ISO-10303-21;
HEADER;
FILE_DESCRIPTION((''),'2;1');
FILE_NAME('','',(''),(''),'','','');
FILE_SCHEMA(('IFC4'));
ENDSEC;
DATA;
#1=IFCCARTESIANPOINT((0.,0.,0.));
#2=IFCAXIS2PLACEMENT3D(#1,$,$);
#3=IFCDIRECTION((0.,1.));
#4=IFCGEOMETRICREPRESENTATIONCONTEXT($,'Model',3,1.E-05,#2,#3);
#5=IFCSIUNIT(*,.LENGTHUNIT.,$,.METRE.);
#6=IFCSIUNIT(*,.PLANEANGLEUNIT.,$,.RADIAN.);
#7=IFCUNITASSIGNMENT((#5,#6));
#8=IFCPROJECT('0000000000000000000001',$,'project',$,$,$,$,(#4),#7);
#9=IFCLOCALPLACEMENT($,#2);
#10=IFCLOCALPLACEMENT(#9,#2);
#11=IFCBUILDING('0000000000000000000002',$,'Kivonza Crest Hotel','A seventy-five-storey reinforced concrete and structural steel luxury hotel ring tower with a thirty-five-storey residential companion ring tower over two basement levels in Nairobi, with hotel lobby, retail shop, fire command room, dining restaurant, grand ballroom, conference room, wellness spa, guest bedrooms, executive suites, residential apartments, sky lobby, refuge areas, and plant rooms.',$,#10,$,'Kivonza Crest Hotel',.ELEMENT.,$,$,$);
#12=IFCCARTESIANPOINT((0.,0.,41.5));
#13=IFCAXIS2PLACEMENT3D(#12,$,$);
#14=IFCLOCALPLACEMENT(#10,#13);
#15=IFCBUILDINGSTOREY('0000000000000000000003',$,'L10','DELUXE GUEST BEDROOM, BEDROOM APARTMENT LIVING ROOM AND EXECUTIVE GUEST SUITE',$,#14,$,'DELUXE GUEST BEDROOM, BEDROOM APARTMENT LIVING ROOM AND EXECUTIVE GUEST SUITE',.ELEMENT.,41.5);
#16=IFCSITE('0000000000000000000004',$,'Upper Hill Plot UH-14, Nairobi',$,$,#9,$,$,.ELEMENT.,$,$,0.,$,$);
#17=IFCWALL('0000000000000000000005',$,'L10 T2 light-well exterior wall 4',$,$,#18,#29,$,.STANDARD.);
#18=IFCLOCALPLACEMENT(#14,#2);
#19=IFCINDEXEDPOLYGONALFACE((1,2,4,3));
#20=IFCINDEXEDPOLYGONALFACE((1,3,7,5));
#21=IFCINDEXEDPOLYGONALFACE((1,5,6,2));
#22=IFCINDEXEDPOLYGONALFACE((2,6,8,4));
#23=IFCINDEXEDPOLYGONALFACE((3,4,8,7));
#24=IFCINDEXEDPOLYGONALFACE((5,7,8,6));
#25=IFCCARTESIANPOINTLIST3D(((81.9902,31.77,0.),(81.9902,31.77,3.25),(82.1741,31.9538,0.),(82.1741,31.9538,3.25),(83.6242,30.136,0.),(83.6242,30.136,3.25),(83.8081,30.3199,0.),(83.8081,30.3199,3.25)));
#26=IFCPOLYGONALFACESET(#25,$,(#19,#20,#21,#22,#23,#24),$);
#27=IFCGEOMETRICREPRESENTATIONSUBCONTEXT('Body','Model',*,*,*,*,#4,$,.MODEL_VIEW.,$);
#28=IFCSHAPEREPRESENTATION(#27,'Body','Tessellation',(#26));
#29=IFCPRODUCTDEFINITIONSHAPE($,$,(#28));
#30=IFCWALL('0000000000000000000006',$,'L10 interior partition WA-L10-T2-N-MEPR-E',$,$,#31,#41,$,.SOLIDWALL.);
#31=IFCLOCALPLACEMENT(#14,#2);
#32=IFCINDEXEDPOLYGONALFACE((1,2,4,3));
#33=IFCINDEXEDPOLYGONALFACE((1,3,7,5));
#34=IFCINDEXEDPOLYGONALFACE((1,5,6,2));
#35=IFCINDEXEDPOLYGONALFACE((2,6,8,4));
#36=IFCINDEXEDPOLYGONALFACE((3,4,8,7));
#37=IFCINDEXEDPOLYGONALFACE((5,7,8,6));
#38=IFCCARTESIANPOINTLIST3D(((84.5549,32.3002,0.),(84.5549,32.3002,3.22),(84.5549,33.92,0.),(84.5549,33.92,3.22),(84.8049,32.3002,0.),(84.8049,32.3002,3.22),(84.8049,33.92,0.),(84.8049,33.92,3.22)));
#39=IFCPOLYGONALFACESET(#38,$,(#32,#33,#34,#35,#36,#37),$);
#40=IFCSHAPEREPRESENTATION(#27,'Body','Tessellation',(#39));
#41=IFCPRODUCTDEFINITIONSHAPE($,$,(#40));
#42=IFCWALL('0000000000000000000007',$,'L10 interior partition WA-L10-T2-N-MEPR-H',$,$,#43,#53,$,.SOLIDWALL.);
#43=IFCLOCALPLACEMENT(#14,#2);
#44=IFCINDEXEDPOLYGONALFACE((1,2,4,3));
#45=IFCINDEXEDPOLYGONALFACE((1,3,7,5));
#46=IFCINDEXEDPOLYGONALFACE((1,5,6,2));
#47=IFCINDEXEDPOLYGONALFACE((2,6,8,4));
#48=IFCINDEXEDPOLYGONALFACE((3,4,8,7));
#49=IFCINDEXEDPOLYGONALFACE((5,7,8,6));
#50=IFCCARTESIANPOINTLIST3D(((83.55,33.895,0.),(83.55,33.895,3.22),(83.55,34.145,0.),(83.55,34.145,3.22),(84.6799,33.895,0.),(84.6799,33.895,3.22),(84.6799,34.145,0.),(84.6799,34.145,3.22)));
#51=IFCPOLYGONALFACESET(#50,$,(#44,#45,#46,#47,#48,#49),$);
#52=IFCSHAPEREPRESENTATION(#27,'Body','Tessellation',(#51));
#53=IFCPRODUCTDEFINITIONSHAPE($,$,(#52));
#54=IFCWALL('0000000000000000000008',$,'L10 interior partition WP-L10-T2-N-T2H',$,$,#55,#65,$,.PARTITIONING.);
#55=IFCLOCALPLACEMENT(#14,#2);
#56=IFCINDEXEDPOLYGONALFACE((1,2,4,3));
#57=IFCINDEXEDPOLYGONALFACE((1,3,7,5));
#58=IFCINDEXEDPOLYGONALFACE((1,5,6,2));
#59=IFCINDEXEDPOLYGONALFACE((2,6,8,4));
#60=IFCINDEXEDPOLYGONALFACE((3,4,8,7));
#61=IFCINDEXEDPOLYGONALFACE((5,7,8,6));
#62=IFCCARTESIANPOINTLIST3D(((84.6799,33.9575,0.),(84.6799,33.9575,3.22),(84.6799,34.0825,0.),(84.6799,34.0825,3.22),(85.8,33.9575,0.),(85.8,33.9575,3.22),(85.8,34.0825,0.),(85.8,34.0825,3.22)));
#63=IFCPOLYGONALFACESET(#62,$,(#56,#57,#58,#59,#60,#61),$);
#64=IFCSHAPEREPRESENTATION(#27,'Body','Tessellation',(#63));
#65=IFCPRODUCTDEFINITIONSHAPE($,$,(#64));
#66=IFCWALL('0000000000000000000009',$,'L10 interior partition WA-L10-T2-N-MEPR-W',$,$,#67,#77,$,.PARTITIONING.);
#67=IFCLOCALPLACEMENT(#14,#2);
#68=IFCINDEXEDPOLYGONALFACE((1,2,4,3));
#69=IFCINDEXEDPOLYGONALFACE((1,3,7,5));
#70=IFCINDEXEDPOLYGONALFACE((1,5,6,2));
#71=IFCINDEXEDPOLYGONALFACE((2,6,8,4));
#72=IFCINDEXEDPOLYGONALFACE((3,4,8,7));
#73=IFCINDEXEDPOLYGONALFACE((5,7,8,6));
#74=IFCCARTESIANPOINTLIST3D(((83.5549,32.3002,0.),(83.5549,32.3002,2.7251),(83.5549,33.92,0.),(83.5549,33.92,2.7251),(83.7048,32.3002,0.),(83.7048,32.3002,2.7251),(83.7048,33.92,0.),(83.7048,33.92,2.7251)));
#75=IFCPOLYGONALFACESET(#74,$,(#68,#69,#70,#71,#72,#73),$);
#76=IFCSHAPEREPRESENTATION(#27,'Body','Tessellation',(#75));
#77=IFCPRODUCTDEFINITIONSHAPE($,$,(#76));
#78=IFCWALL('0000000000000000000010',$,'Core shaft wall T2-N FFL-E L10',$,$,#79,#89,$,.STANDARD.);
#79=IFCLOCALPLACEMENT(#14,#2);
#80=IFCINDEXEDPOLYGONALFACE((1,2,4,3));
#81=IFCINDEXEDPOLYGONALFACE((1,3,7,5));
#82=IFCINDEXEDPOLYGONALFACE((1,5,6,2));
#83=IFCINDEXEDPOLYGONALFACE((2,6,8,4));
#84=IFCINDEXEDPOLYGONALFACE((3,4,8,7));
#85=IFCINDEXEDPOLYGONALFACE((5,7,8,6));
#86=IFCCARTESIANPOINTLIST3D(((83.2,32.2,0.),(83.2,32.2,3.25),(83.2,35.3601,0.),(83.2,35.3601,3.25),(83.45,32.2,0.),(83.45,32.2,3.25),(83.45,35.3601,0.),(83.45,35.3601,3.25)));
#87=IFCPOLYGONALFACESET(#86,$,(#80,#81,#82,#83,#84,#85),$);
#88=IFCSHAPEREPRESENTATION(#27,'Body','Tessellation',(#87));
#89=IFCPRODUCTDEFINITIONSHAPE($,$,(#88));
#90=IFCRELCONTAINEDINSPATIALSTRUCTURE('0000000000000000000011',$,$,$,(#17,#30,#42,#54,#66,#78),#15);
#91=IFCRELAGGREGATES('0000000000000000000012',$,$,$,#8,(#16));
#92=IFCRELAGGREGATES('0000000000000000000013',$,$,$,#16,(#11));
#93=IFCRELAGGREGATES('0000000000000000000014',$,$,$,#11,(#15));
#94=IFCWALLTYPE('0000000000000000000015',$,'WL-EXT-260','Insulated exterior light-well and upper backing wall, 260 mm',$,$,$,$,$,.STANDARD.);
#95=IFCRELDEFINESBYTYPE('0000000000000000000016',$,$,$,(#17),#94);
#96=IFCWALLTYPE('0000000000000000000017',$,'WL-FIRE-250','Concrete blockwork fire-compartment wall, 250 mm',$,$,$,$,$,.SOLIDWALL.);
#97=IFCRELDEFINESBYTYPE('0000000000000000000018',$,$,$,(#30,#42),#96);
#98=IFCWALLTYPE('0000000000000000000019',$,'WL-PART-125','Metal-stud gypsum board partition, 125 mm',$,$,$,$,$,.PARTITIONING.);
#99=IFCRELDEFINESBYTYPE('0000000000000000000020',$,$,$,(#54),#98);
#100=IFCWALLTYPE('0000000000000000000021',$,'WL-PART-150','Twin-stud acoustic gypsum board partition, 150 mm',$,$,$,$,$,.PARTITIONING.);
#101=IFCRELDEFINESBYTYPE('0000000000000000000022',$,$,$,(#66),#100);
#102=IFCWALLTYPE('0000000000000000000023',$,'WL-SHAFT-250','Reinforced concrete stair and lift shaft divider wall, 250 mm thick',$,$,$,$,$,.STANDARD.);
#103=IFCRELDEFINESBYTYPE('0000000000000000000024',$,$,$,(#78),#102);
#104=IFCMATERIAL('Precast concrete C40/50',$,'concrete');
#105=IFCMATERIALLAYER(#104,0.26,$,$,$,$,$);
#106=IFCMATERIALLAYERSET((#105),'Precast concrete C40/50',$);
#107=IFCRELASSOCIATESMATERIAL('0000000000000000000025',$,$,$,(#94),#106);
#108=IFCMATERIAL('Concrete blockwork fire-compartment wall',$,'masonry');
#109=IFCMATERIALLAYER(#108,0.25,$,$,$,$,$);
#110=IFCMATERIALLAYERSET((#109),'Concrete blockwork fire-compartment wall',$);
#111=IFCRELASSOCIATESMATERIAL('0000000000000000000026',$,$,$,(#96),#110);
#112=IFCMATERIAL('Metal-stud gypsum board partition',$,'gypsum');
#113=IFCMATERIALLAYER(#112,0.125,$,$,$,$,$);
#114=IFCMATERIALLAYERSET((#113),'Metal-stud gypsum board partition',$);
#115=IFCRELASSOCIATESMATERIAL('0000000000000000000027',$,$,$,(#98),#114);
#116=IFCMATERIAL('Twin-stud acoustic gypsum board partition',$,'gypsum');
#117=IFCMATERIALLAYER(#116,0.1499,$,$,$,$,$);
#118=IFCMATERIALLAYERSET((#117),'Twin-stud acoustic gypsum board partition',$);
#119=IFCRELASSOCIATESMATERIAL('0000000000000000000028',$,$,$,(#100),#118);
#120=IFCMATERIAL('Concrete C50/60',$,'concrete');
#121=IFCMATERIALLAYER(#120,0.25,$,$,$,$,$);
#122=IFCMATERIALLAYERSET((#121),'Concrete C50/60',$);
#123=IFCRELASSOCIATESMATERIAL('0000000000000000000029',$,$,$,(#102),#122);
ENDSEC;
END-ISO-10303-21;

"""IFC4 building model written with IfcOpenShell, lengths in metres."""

from ifc_helpers import new_model, si_unit, direction, frame, frame_2d, origin, place, context, subcontext, project, spatial, rectangle, extrude, material, layer, layer_set, type_object, element, save


model = new_model("IFC4")

# Units and contexts
model_context = context("Model", 3, precision=1e-05, world=origin(), true_north=direction((0.0, 1.0)))
body_context = subcontext(model_context, "Body", "Model", "MODEL_VIEW")
ifc_project = project(units=[si_unit("LENGTHUNIT", "METRE"), si_unit("PLANEANGLEUNIT", "RADIAN")], contexts=[model_context])

# Site, building, storey
site_placement = place(None, origin())
site = spatial("IfcSite", under=ifc_project, at=site_placement, Name="Upper Hill Plot UH-14, Nairobi", CompositionType="ELEMENT", RefElevation=0.0)
building_placement = place(site_placement, origin())
building = spatial("IfcBuilding", under=site, at=building_placement, Name="Kivonza Crest Hotel", Description="A seventy-five-storey reinforced concrete and structural steel luxury hotel ring tower with a thirty-five-storey residential companion ring tower over two basement levels in Nairobi, with hotel lobby, retail shop, fire command room, dining restaurant, grand ballroom, conference room, wellness spa, guest bedrooms, executive suites, residential apartments, sky lobby, refuge areas, and plant rooms.", LongName="Kivonza Crest Hotel", CompositionType="ELEMENT")
storey_placement = place(building_placement, frame((0.0, 0.0, 41.5)))
storey = spatial("IfcBuildingStorey", under=building, at=storey_placement, Name="L10", Description="DELUXE GUEST BEDROOM, BEDROOM APARTMENT LIVING ROOM AND EXECUTIVE GUEST SUITE", LongName="DELUXE GUEST BEDROOM, BEDROOM APARTMENT LIVING ROOM AND EXECUTIVE GUEST SUITE", CompositionType="ELEMENT", Elevation=41.5)

# Shared definitions
ifc_material_1 = material(Name="Concrete C50/60", Category="concrete")

# Walls
ifc_material_2 = material(Name="Precast concrete C40/50", Category="concrete")
ifc_layer_1 = layer(ifc_material_2, 0.26)
ifc_layer_set_1 = layer_set([ifc_layer_1], Name="Precast concrete C40/50")
wall_type_1 = type_object("IfcWallType", Name="WL-EXT-260", Description="Insulated exterior light-well and upper backing wall, 260 mm", PredefinedType="STANDARD", material=ifc_layer_set_1)
wall_1_placement = place(storey_placement, frame((83.7161, 30.228, 0.0), z_axis=(0.0, 0.0, 1.0), x_axis=(-0.707107, 0.707107, 0.0)))
element("IfcWall", 1, at=wall_1_placement, inside=storey, type_object=wall_type_1, Name="L10 T2 light-well exterior wall 4", PredefinedType="STANDARD", context=body_context, shape_type="SweptSolid", body=[
    extrude(rectangle(XDim=2.3108, YDim=0.26, at=frame_2d((1.1553, 0.0))), origin(), (0.0, 0.0, 1.0), 3.25),
])
ifc_material_3 = material(Name="Concrete blockwork fire-compartment wall", Category="masonry")
ifc_layer_2 = layer(ifc_material_3, 0.25)
ifc_layer_set_2 = layer_set([ifc_layer_2], Name="Concrete blockwork fire-compartment wall")
wall_type_2 = type_object("IfcWallType", Name="WL-FIRE-250", Description="Concrete blockwork fire-compartment wall, 250 mm", PredefinedType="SOLIDWALL", material=ifc_layer_set_2)
wall_2_placement = place(storey_placement, frame((84.6799, 32.3, 0.0), z_axis=(0.0, 0.0, 1.0), x_axis=(0.0, 1.0, 0.0)))
element("IfcWall", 2, at=wall_2_placement, inside=storey, type_object=wall_type_2, Name="L10 interior partition WA-L10-T2-N-MEPR-E", PredefinedType="SOLIDWALL", context=body_context, shape_type="SweptSolid", body=[
    extrude(rectangle(XDim=1.6199, YDim=0.25, at=frame_2d((0.8101, 0.0))), origin(), (0.0, 0.0, 1.0), 3.22),
])
wall_3_placement = place(storey_placement, frame((83.55, 34.02, 0.0), z_axis=(0.0, 0.0, 1.0), x_axis=(1.0, 0.0, 0.0)))
element("IfcWall", 3, at=wall_3_placement, inside=storey, type_object=wall_type_2, Name="L10 interior partition WA-L10-T2-N-MEPR-H", PredefinedType="SOLIDWALL", context=body_context, shape_type="SweptSolid", body=[
    extrude(rectangle(XDim=1.1299, YDim=0.25, at=frame_2d((0.5649, 0.0))), origin(), (0.0, 0.0, 1.0), 3.22),
])
ifc_material_4 = material(Name="Metal-stud gypsum board partition", Category="gypsum")
ifc_layer_3 = layer(ifc_material_4, 0.125)
ifc_layer_set_3 = layer_set([ifc_layer_3], Name="Metal-stud gypsum board partition")
wall_type_3 = type_object("IfcWallType", Name="WL-PART-125", Description="Metal-stud gypsum board partition, 125 mm", PredefinedType="PARTITIONING", material=ifc_layer_set_3)
wall_4_placement = place(storey_placement, frame((84.6799, 34.02, 0.0), z_axis=(0.0, 0.0, 1.0), x_axis=(1.0, 0.0, 0.0)))
element("IfcWall", 4, at=wall_4_placement, inside=storey, type_object=wall_type_3, Name="L10 interior partition WP-L10-T2-N-T2H", PredefinedType="PARTITIONING", context=body_context, shape_type="SweptSolid", body=[
    extrude(rectangle(XDim=1.1201, YDim=0.125, at=frame_2d((0.5601, 0.0))), origin(), (0.0, 0.0, 1.0), 3.22),
])
ifc_material_5 = material(Name="Twin-stud acoustic gypsum board partition", Category="gypsum")
ifc_layer_4 = layer(ifc_material_5, 0.1499)
ifc_layer_set_4 = layer_set([ifc_layer_4], Name="Twin-stud acoustic gypsum board partition")
wall_type_4 = type_object("IfcWallType", Name="WL-PART-150", Description="Twin-stud acoustic gypsum board partition, 150 mm", PredefinedType="PARTITIONING", material=ifc_layer_set_4)
wall_5_placement = place(storey_placement, frame((83.6299, 32.3, 0.0), z_axis=(0.0, 0.0, 1.0), x_axis=(0.0, 1.0, 0.0)))
element("IfcWall", 5, at=wall_5_placement, inside=storey, type_object=wall_type_4, Name="L10 interior partition WA-L10-T2-N-MEPR-W", PredefinedType="PARTITIONING", context=body_context, shape_type="SweptSolid", body=[
    extrude(rectangle(XDim=1.6199, YDim=0.1499, at=frame_2d((0.8101, 0.0))), origin(), (0.0, 0.0, 1.0), 2.7251),
])

# Shared definitions
ifc_layer_5 = layer(ifc_material_1, 0.25)
ifc_layer_set_5 = layer_set([ifc_layer_5], Name="Concrete C50/60")
wall_type_5 = type_object("IfcWallType", Name="WL-SHAFT-250", Description="Reinforced concrete stair and lift shaft divider wall, 250 mm thick", PredefinedType="STANDARD", material=ifc_layer_set_5)

# Wall
wall_6_placement = place(storey_placement, frame((83.325, 32.2, 0.0), z_axis=(0.0, 0.0, 1.0), x_axis=(0.0, 1.0, 0.0)))
element("IfcWall", 6, at=wall_6_placement, inside=storey, type_object=wall_type_5, Name="Core shaft wall T2-N FFL-E L10", PredefinedType="STANDARD", context=body_context, shape_type="SweptSolid", body=[
    extrude(rectangle(XDim=3.1602, YDim=0.25, at=frame_2d((1.5801, 0.0))), origin(), (0.0, 0.0, 1.0), 3.25),
])

save(model, "model.ifc")
